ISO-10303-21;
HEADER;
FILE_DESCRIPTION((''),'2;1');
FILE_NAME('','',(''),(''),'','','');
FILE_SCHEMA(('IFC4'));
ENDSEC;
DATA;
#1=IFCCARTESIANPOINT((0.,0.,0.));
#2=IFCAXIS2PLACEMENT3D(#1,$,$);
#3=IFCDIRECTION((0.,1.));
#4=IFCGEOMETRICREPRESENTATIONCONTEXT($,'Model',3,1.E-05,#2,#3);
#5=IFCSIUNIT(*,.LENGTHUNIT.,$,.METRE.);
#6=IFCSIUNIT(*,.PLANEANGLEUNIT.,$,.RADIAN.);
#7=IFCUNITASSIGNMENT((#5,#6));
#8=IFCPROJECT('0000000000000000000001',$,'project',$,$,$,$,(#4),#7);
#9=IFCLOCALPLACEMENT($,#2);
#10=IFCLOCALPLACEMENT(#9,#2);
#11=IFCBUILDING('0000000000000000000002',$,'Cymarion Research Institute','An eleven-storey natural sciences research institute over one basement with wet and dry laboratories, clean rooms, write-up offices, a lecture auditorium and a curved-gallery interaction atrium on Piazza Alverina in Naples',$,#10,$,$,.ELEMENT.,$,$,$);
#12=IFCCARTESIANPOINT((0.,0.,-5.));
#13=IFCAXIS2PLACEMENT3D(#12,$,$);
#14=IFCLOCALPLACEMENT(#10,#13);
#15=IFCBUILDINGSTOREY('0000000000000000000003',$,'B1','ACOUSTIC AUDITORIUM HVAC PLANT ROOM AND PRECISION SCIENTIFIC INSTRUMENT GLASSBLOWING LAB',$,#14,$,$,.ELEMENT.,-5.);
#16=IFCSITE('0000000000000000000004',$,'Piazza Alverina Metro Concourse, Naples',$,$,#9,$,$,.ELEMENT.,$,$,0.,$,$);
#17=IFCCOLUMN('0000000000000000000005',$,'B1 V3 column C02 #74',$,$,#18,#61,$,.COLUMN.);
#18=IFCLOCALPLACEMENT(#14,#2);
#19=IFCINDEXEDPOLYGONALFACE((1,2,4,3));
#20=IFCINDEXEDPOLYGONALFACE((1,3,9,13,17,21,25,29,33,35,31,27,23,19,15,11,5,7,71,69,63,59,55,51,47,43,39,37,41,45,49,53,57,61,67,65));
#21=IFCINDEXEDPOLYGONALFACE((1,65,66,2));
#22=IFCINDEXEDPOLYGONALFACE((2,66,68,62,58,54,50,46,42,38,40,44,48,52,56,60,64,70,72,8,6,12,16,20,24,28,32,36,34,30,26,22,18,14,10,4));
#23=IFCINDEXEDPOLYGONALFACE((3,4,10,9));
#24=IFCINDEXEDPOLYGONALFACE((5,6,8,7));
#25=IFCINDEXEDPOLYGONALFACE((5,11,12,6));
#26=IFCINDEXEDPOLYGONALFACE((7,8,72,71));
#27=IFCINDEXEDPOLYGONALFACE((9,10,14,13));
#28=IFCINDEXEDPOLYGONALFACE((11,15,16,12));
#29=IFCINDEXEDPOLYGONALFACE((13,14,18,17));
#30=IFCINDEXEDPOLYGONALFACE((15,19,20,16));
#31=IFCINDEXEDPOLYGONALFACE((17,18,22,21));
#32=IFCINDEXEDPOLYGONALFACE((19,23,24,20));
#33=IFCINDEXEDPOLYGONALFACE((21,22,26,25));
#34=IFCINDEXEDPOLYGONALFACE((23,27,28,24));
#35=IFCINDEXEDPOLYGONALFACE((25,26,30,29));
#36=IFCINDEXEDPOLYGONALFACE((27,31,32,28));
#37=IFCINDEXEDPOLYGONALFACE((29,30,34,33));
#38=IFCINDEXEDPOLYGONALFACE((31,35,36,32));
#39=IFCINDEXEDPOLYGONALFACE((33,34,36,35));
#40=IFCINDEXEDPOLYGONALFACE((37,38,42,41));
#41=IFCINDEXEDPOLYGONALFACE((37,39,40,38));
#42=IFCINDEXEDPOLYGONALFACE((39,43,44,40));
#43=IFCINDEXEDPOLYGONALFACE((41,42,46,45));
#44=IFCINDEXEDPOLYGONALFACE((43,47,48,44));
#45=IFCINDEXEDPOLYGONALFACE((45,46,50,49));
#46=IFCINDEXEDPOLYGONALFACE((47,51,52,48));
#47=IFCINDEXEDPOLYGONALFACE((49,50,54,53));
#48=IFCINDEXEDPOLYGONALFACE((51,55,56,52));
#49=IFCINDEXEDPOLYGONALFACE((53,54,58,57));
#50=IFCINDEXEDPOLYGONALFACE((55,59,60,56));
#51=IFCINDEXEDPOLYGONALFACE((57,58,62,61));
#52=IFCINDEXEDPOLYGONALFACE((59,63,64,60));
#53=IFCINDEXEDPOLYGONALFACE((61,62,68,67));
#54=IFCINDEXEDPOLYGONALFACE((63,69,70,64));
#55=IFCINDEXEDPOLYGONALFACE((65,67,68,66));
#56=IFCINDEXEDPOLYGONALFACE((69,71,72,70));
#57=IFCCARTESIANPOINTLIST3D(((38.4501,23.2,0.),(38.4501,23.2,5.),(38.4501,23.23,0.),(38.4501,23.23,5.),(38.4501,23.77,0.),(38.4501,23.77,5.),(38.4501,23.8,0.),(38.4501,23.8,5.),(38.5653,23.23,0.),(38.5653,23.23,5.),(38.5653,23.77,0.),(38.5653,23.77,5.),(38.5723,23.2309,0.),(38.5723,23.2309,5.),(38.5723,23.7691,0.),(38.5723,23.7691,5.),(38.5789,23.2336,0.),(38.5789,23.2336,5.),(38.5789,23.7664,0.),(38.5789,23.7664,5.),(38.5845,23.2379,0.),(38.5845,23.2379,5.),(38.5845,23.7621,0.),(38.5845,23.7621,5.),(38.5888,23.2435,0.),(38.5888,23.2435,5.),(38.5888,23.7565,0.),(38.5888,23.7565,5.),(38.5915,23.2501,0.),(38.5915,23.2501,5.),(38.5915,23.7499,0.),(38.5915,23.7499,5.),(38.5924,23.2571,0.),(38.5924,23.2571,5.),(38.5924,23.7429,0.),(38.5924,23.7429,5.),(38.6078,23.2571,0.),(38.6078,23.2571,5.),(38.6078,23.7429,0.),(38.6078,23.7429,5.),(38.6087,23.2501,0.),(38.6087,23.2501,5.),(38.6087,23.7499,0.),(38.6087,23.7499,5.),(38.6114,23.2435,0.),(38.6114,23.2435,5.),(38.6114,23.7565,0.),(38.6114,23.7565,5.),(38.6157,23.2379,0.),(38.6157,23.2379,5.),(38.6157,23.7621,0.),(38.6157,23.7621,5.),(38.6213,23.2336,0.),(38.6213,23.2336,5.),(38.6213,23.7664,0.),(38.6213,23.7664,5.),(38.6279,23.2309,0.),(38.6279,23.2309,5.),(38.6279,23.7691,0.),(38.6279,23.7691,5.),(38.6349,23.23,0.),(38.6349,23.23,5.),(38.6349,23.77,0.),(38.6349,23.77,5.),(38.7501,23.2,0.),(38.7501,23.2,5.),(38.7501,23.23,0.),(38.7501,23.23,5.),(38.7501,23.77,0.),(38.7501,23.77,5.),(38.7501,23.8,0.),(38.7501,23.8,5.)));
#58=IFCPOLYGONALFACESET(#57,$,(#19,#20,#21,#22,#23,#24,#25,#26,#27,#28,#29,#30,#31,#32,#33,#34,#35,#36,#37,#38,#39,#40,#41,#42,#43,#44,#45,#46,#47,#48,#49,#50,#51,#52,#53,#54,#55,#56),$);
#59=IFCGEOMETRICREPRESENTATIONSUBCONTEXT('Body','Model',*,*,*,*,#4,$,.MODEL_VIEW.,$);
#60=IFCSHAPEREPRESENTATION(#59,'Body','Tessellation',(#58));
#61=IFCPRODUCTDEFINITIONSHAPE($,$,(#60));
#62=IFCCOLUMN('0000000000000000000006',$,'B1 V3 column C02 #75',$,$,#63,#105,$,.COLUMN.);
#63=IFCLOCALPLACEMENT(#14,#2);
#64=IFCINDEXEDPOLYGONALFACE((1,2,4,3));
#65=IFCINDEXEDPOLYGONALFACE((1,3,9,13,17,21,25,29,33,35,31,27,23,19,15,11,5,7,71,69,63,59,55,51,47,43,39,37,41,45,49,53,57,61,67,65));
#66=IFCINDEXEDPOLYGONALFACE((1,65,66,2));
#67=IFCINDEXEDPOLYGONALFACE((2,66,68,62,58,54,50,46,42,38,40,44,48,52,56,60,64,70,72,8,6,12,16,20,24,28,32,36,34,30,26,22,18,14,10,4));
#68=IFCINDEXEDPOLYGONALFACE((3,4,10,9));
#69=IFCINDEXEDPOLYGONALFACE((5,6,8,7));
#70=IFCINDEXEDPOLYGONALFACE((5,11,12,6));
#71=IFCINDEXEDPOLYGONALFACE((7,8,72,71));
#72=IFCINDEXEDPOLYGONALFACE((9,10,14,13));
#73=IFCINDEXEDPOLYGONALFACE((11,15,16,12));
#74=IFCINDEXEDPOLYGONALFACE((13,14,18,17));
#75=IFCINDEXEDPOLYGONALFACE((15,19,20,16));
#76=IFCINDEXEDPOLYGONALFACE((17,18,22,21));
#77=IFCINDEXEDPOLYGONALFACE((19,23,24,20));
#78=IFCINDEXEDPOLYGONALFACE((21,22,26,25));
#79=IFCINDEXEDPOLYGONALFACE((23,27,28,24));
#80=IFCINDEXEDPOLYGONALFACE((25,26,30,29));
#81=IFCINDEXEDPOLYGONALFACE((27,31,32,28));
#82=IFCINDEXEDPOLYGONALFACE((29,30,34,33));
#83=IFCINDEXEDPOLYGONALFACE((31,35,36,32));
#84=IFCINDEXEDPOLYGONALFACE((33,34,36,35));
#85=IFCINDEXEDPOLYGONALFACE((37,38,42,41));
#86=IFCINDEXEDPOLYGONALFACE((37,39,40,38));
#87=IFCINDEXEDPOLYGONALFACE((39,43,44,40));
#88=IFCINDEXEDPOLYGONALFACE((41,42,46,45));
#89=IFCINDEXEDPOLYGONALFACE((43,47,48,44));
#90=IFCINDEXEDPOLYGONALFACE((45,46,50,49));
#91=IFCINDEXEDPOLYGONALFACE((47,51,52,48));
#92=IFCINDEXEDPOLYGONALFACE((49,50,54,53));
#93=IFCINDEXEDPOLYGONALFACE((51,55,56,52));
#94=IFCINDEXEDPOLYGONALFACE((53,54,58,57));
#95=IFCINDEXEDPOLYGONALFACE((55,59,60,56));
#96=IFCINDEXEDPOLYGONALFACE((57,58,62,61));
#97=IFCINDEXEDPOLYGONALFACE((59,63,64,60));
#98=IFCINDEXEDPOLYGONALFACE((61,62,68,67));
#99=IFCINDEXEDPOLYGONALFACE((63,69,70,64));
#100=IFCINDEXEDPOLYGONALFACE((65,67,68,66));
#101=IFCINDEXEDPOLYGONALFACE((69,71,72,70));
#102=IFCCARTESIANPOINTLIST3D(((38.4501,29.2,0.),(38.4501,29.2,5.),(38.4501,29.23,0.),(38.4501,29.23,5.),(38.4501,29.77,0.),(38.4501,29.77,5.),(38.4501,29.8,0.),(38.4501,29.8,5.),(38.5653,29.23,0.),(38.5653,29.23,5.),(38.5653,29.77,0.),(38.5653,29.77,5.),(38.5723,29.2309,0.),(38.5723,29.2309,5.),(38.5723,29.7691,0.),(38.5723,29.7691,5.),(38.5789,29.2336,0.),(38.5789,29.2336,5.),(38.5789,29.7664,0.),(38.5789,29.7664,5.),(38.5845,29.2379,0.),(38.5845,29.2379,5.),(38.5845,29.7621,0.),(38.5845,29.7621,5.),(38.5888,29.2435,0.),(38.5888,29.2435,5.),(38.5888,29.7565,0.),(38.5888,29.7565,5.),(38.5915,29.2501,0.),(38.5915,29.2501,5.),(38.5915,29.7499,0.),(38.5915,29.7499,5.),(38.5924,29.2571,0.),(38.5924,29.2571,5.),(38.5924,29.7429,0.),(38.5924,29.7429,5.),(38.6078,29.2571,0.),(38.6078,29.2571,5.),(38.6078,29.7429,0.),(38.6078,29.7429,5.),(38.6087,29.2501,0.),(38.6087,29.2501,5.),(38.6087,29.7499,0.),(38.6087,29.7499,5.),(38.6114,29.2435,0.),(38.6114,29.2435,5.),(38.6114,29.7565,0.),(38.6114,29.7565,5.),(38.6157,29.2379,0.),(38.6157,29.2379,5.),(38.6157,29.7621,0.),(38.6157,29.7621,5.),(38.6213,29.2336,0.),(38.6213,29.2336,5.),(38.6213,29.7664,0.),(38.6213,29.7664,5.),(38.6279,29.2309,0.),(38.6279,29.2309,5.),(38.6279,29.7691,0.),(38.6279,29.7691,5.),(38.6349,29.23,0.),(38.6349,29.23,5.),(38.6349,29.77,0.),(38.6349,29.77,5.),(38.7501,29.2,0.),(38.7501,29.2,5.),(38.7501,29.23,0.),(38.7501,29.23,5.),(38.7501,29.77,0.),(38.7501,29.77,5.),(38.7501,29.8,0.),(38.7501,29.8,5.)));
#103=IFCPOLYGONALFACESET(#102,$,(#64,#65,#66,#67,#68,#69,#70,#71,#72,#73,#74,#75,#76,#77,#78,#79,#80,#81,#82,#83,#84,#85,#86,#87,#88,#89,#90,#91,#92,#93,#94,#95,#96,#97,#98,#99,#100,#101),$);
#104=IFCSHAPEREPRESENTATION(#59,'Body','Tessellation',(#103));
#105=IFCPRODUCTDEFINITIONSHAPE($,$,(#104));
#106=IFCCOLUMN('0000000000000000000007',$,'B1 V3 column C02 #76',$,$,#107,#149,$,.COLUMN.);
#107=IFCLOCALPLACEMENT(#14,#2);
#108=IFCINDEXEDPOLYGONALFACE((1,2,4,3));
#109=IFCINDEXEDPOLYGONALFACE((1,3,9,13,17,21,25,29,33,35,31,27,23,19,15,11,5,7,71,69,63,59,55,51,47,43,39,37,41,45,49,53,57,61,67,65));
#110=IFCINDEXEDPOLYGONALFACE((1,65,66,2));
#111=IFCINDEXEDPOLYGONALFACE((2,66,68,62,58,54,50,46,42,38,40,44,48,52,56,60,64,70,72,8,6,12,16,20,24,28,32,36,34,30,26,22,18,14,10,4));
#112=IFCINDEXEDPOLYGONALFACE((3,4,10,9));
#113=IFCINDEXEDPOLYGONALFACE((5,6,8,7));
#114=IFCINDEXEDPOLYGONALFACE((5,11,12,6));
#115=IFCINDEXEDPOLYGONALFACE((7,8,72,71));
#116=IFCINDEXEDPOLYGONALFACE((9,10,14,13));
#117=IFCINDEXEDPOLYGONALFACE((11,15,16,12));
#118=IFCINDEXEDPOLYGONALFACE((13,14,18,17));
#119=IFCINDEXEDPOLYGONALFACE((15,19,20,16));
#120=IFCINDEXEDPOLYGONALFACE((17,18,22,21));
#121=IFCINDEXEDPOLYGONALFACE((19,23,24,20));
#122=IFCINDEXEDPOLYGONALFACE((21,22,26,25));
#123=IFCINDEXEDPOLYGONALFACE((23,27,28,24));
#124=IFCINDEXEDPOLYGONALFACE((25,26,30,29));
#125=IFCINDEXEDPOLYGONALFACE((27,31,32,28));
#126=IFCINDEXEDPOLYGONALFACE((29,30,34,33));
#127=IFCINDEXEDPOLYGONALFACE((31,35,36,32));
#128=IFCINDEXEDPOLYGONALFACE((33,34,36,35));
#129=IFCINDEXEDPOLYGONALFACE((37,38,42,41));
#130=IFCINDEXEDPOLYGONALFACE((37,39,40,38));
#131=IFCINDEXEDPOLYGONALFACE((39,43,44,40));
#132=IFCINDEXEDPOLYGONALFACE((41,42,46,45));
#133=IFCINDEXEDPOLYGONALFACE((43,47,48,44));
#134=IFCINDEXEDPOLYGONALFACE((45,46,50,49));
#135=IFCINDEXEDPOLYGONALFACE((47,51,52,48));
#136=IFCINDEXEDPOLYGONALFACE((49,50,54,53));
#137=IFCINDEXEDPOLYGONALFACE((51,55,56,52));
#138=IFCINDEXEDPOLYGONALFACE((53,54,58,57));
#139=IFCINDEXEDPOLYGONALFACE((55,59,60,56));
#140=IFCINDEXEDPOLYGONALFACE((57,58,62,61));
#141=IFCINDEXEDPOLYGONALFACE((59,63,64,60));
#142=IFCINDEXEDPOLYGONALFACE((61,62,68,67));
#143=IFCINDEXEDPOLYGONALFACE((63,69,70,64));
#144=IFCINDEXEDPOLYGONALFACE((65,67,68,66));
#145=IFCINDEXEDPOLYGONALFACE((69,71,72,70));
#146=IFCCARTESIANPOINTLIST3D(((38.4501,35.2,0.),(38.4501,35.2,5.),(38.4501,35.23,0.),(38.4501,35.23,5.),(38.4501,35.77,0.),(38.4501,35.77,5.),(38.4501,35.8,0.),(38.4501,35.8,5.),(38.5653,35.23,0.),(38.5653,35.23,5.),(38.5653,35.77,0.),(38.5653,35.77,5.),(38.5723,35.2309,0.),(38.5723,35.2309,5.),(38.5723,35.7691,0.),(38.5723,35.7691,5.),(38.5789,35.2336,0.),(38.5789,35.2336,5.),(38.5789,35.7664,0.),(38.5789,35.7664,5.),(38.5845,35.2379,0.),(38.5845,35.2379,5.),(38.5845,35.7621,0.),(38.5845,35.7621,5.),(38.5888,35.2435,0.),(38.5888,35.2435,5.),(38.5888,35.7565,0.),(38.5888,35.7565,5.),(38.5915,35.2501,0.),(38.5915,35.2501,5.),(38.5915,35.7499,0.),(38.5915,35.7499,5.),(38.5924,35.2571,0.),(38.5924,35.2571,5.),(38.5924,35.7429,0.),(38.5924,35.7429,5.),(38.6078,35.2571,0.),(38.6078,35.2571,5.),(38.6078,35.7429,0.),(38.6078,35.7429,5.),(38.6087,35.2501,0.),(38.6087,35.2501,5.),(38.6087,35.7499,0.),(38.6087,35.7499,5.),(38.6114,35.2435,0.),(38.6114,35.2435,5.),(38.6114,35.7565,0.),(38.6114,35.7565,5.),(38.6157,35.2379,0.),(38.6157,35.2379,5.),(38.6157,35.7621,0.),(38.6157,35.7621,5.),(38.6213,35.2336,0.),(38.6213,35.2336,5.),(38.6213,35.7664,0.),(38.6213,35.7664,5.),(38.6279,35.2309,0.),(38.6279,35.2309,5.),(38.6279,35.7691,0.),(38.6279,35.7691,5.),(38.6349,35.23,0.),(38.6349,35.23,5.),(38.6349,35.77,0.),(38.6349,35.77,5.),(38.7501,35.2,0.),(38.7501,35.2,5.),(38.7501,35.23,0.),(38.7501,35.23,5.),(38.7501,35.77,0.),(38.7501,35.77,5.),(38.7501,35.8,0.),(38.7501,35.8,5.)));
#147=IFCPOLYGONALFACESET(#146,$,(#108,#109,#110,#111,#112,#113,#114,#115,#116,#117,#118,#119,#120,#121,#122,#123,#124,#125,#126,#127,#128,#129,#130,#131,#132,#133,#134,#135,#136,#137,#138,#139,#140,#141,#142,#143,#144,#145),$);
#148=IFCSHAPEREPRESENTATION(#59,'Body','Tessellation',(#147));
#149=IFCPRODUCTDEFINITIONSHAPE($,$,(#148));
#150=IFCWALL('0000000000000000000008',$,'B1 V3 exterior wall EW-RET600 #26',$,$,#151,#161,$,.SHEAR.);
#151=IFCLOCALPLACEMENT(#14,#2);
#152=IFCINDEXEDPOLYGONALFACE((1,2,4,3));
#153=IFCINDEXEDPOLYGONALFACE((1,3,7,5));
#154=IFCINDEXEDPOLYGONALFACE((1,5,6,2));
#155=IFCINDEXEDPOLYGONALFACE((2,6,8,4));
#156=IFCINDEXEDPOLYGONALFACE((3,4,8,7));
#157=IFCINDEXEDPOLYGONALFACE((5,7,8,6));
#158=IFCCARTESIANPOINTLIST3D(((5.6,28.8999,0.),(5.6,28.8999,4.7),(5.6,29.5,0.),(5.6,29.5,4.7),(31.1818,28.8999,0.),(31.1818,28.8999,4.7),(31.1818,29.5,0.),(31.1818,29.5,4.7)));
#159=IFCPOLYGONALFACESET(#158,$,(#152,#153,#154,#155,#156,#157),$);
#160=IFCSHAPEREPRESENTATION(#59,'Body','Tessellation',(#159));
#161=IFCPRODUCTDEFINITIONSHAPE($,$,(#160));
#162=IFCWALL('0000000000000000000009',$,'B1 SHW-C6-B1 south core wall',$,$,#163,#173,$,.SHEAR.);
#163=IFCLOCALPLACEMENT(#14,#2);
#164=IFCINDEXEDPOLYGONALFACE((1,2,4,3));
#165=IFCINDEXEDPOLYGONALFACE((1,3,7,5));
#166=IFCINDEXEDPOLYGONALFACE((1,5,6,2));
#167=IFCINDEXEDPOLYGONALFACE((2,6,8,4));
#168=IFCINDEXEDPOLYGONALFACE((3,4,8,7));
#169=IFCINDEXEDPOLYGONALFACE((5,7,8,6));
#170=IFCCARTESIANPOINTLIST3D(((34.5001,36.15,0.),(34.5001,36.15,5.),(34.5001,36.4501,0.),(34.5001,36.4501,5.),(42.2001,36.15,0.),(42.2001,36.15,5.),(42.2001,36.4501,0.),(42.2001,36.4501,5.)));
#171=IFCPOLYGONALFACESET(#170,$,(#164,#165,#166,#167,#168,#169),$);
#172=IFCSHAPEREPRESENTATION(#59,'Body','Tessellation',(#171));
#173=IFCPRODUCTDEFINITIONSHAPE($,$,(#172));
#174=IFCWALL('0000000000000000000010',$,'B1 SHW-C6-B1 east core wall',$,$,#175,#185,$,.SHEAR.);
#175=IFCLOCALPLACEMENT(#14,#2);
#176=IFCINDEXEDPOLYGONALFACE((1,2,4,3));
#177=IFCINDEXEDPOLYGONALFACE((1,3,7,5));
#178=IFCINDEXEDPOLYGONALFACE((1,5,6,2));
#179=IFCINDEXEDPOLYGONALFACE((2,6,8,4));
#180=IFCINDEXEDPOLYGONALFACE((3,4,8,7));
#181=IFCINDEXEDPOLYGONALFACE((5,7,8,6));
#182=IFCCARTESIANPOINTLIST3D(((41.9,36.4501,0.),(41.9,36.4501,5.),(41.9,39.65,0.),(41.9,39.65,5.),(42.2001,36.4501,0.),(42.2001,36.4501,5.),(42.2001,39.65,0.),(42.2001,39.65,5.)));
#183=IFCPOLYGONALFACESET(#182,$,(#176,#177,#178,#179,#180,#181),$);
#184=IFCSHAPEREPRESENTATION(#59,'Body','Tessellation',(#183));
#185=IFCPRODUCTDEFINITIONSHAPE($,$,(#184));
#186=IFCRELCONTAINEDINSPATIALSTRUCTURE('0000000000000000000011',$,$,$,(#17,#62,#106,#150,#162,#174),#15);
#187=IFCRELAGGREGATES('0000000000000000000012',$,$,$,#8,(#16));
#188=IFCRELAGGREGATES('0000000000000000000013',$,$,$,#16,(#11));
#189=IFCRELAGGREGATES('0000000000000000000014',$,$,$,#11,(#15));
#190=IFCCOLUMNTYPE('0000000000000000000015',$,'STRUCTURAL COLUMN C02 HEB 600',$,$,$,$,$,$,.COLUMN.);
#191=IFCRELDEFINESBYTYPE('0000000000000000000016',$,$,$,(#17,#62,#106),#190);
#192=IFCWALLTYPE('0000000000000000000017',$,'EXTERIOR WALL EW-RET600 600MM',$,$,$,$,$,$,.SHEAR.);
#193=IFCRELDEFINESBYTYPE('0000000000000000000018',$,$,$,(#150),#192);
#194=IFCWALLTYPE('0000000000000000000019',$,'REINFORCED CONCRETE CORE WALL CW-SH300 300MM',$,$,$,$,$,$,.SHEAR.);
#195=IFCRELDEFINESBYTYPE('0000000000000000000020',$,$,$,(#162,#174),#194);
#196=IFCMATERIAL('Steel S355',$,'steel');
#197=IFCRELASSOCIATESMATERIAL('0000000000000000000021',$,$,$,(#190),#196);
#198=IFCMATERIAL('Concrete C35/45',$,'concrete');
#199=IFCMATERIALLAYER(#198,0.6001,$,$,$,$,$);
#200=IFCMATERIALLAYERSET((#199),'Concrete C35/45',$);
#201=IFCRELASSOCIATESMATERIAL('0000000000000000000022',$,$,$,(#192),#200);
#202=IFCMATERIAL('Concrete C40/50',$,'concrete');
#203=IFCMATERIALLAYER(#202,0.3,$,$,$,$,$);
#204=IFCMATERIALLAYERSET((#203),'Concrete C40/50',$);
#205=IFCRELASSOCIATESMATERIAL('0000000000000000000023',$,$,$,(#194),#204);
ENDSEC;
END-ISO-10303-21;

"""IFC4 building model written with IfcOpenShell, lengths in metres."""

from ifc_helpers import new_model, si_unit, direction, frame, frame_2d, origin, origin_2d, place, context, subcontext, project, spatial, rectangle, i_section, extrude, material, layer, layer_set, material_profile, profile_set, type_object, element, save


model = new_model("IFC4")

# Units and contexts
model_context = context("Model", 3, precision=1e-05, world=origin(), true_north=direction((0.0, 1.0)))
body_context = subcontext(model_context, "Body", "Model", "MODEL_VIEW")
ifc_project = project(units=[si_unit("LENGTHUNIT", "METRE"), si_unit("PLANEANGLEUNIT", "RADIAN")], contexts=[model_context])

# Site, building, storey
site_placement = place(None, origin())
site = spatial("IfcSite", under=ifc_project, at=site_placement, Name="Piazza Alverina Metro Concourse, Naples", CompositionType="ELEMENT", RefElevation=0.0)
building_placement = place(site_placement, origin())
building = spatial("IfcBuilding", under=site, at=building_placement, Name="Cymarion Research Institute", Description="An eleven-storey natural sciences research institute over one basement with wet and dry laboratories, clean rooms, write-up offices, a lecture auditorium and a curved-gallery interaction atrium on Piazza Alverina in Naples", CompositionType="ELEMENT")
storey_placement = place(building_placement, frame((0.0, 0.0, -5.0)))
storey = spatial("IfcBuildingStorey", under=building, at=storey_placement, Name="B1", Description="ACOUSTIC AUDITORIUM HVAC PLANT ROOM AND PRECISION SCIENTIFIC INSTRUMENT GLASSBLOWING LAB", CompositionType="ELEMENT", Elevation=-5.0)

# Shared definitions
ifc_material_1 = material(Name="Concrete C35/45", Category="concrete")

# Columns
ifc_material_2 = material(Name="Steel S355", Category="steel")
ifc_material_profile_1 = material_profile(ifc_material_2, i_section(OverallWidth=0.3, OverallDepth=0.6001, WebThickness=0.0154, FlangeThickness=0.03, FilletRadius=0.0271, at=origin_2d()), Name="HEB 600")
ifc_profile_set_1 = profile_set([ifc_material_profile_1], Name="Steel S355")
column_type = type_object("IfcColumnType", Name="STRUCTURAL COLUMN C02 HEB 600", PredefinedType="COLUMN", material=ifc_profile_set_1)
for number, where, z_axis, x_axis, name in (
    (1, (38.6001, 23.5, 0.0), (0.0, 0.0, 1.0), (1.0, 0.0, 0.0), "B1 V3 column C02 #74"),
    (2, (38.6001, 29.5, 0.0), (0.0, 0.0, 1.0), (1.0, 0.0, 0.0), "B1 V3 column C02 #75"),
    (3, (38.6001, 35.5, 0.0), (0.0, 0.0, 1.0), (1.0, 0.0, 0.0), "B1 V3 column C02 #76"),
):
    element("IfcColumn", number, at=place(storey_placement, frame(where, z_axis=z_axis, x_axis=x_axis)), inside=storey, type_object=column_type, Name=name, PredefinedType="COLUMN", context=body_context, shape_type="SweptSolid", body=[
        extrude(i_section(OverallWidth=0.3, OverallDepth=0.6001, WebThickness=0.0154, FlangeThickness=0.03, FilletRadius=0.0271, at=origin_2d()), origin(), (0.0, 0.0, 1.0), 5.0),
    ])

# Walls
ifc_layer_1 = layer(ifc_material_1, 0.6001)
ifc_layer_set_1 = layer_set([ifc_layer_1], Name="Concrete C35/45")
wall_type_1 = type_object("IfcWallType", Name="EXTERIOR WALL EW-RET600 600MM", PredefinedType="SHEAR", material=ifc_layer_set_1)
wall_1_placement = place(storey_placement, frame((31.1819, 29.2, 0.0), z_axis=(0.0, 0.0, 1.0), x_axis=(-1.0, 0.0, 0.0)))
element("IfcWall", 4, at=wall_1_placement, inside=storey, type_object=wall_type_1, Name="B1 V3 exterior wall EW-RET600 #26", PredefinedType="SHEAR", context=body_context, shape_type="SweptSolid", body=[
    extrude(rectangle(XDim=25.5818, YDim=0.6001, at=frame_2d((12.791, 0.0))), origin(), (0.0, 0.0, 1.0), 4.7),
])
ifc_material_3 = material(Name="Concrete C40/50", Category="concrete")
ifc_layer_2 = layer(ifc_material_3, 0.3)
ifc_layer_set_2 = layer_set([ifc_layer_2], Name="Concrete C40/50")
wall_type_2 = type_object("IfcWallType", Name="REINFORCED CONCRETE CORE WALL CW-SH300 300MM", PredefinedType="SHEAR", material=ifc_layer_set_2)
wall_2_placement = place(storey_placement, frame((34.5, 36.3, 0.0), z_axis=(0.0, 0.0, 1.0), x_axis=(1.0, 0.0, 0.0)))
element("IfcWall", 5, at=wall_2_placement, inside=storey, type_object=wall_type_2, Name="B1 SHW-C6-B1 south core wall", PredefinedType="SHEAR", context=body_context, shape_type="SweptSolid", body=[
    extrude(rectangle(XDim=7.7, YDim=0.3, at=frame_2d((3.8501, 0.0))), origin(), (0.0, 0.0, 1.0), 5.0),
])
wall_3_placement = place(storey_placement, frame((42.05, 36.45, 0.0), z_axis=(0.0, 0.0, 1.0), x_axis=(0.0, 1.0, 0.0)))
element("IfcWall", 6, at=wall_3_placement, inside=storey, type_object=wall_type_2, Name="B1 SHW-C6-B1 east core wall", PredefinedType="SHEAR", context=body_context, shape_type="SweptSolid", body=[
    extrude(rectangle(XDim=3.2, YDim=0.3, at=frame_2d((1.6001, 0.0))), origin(), (0.0, 0.0, 1.0), 5.0),
])

save(model, "model.ifc")
